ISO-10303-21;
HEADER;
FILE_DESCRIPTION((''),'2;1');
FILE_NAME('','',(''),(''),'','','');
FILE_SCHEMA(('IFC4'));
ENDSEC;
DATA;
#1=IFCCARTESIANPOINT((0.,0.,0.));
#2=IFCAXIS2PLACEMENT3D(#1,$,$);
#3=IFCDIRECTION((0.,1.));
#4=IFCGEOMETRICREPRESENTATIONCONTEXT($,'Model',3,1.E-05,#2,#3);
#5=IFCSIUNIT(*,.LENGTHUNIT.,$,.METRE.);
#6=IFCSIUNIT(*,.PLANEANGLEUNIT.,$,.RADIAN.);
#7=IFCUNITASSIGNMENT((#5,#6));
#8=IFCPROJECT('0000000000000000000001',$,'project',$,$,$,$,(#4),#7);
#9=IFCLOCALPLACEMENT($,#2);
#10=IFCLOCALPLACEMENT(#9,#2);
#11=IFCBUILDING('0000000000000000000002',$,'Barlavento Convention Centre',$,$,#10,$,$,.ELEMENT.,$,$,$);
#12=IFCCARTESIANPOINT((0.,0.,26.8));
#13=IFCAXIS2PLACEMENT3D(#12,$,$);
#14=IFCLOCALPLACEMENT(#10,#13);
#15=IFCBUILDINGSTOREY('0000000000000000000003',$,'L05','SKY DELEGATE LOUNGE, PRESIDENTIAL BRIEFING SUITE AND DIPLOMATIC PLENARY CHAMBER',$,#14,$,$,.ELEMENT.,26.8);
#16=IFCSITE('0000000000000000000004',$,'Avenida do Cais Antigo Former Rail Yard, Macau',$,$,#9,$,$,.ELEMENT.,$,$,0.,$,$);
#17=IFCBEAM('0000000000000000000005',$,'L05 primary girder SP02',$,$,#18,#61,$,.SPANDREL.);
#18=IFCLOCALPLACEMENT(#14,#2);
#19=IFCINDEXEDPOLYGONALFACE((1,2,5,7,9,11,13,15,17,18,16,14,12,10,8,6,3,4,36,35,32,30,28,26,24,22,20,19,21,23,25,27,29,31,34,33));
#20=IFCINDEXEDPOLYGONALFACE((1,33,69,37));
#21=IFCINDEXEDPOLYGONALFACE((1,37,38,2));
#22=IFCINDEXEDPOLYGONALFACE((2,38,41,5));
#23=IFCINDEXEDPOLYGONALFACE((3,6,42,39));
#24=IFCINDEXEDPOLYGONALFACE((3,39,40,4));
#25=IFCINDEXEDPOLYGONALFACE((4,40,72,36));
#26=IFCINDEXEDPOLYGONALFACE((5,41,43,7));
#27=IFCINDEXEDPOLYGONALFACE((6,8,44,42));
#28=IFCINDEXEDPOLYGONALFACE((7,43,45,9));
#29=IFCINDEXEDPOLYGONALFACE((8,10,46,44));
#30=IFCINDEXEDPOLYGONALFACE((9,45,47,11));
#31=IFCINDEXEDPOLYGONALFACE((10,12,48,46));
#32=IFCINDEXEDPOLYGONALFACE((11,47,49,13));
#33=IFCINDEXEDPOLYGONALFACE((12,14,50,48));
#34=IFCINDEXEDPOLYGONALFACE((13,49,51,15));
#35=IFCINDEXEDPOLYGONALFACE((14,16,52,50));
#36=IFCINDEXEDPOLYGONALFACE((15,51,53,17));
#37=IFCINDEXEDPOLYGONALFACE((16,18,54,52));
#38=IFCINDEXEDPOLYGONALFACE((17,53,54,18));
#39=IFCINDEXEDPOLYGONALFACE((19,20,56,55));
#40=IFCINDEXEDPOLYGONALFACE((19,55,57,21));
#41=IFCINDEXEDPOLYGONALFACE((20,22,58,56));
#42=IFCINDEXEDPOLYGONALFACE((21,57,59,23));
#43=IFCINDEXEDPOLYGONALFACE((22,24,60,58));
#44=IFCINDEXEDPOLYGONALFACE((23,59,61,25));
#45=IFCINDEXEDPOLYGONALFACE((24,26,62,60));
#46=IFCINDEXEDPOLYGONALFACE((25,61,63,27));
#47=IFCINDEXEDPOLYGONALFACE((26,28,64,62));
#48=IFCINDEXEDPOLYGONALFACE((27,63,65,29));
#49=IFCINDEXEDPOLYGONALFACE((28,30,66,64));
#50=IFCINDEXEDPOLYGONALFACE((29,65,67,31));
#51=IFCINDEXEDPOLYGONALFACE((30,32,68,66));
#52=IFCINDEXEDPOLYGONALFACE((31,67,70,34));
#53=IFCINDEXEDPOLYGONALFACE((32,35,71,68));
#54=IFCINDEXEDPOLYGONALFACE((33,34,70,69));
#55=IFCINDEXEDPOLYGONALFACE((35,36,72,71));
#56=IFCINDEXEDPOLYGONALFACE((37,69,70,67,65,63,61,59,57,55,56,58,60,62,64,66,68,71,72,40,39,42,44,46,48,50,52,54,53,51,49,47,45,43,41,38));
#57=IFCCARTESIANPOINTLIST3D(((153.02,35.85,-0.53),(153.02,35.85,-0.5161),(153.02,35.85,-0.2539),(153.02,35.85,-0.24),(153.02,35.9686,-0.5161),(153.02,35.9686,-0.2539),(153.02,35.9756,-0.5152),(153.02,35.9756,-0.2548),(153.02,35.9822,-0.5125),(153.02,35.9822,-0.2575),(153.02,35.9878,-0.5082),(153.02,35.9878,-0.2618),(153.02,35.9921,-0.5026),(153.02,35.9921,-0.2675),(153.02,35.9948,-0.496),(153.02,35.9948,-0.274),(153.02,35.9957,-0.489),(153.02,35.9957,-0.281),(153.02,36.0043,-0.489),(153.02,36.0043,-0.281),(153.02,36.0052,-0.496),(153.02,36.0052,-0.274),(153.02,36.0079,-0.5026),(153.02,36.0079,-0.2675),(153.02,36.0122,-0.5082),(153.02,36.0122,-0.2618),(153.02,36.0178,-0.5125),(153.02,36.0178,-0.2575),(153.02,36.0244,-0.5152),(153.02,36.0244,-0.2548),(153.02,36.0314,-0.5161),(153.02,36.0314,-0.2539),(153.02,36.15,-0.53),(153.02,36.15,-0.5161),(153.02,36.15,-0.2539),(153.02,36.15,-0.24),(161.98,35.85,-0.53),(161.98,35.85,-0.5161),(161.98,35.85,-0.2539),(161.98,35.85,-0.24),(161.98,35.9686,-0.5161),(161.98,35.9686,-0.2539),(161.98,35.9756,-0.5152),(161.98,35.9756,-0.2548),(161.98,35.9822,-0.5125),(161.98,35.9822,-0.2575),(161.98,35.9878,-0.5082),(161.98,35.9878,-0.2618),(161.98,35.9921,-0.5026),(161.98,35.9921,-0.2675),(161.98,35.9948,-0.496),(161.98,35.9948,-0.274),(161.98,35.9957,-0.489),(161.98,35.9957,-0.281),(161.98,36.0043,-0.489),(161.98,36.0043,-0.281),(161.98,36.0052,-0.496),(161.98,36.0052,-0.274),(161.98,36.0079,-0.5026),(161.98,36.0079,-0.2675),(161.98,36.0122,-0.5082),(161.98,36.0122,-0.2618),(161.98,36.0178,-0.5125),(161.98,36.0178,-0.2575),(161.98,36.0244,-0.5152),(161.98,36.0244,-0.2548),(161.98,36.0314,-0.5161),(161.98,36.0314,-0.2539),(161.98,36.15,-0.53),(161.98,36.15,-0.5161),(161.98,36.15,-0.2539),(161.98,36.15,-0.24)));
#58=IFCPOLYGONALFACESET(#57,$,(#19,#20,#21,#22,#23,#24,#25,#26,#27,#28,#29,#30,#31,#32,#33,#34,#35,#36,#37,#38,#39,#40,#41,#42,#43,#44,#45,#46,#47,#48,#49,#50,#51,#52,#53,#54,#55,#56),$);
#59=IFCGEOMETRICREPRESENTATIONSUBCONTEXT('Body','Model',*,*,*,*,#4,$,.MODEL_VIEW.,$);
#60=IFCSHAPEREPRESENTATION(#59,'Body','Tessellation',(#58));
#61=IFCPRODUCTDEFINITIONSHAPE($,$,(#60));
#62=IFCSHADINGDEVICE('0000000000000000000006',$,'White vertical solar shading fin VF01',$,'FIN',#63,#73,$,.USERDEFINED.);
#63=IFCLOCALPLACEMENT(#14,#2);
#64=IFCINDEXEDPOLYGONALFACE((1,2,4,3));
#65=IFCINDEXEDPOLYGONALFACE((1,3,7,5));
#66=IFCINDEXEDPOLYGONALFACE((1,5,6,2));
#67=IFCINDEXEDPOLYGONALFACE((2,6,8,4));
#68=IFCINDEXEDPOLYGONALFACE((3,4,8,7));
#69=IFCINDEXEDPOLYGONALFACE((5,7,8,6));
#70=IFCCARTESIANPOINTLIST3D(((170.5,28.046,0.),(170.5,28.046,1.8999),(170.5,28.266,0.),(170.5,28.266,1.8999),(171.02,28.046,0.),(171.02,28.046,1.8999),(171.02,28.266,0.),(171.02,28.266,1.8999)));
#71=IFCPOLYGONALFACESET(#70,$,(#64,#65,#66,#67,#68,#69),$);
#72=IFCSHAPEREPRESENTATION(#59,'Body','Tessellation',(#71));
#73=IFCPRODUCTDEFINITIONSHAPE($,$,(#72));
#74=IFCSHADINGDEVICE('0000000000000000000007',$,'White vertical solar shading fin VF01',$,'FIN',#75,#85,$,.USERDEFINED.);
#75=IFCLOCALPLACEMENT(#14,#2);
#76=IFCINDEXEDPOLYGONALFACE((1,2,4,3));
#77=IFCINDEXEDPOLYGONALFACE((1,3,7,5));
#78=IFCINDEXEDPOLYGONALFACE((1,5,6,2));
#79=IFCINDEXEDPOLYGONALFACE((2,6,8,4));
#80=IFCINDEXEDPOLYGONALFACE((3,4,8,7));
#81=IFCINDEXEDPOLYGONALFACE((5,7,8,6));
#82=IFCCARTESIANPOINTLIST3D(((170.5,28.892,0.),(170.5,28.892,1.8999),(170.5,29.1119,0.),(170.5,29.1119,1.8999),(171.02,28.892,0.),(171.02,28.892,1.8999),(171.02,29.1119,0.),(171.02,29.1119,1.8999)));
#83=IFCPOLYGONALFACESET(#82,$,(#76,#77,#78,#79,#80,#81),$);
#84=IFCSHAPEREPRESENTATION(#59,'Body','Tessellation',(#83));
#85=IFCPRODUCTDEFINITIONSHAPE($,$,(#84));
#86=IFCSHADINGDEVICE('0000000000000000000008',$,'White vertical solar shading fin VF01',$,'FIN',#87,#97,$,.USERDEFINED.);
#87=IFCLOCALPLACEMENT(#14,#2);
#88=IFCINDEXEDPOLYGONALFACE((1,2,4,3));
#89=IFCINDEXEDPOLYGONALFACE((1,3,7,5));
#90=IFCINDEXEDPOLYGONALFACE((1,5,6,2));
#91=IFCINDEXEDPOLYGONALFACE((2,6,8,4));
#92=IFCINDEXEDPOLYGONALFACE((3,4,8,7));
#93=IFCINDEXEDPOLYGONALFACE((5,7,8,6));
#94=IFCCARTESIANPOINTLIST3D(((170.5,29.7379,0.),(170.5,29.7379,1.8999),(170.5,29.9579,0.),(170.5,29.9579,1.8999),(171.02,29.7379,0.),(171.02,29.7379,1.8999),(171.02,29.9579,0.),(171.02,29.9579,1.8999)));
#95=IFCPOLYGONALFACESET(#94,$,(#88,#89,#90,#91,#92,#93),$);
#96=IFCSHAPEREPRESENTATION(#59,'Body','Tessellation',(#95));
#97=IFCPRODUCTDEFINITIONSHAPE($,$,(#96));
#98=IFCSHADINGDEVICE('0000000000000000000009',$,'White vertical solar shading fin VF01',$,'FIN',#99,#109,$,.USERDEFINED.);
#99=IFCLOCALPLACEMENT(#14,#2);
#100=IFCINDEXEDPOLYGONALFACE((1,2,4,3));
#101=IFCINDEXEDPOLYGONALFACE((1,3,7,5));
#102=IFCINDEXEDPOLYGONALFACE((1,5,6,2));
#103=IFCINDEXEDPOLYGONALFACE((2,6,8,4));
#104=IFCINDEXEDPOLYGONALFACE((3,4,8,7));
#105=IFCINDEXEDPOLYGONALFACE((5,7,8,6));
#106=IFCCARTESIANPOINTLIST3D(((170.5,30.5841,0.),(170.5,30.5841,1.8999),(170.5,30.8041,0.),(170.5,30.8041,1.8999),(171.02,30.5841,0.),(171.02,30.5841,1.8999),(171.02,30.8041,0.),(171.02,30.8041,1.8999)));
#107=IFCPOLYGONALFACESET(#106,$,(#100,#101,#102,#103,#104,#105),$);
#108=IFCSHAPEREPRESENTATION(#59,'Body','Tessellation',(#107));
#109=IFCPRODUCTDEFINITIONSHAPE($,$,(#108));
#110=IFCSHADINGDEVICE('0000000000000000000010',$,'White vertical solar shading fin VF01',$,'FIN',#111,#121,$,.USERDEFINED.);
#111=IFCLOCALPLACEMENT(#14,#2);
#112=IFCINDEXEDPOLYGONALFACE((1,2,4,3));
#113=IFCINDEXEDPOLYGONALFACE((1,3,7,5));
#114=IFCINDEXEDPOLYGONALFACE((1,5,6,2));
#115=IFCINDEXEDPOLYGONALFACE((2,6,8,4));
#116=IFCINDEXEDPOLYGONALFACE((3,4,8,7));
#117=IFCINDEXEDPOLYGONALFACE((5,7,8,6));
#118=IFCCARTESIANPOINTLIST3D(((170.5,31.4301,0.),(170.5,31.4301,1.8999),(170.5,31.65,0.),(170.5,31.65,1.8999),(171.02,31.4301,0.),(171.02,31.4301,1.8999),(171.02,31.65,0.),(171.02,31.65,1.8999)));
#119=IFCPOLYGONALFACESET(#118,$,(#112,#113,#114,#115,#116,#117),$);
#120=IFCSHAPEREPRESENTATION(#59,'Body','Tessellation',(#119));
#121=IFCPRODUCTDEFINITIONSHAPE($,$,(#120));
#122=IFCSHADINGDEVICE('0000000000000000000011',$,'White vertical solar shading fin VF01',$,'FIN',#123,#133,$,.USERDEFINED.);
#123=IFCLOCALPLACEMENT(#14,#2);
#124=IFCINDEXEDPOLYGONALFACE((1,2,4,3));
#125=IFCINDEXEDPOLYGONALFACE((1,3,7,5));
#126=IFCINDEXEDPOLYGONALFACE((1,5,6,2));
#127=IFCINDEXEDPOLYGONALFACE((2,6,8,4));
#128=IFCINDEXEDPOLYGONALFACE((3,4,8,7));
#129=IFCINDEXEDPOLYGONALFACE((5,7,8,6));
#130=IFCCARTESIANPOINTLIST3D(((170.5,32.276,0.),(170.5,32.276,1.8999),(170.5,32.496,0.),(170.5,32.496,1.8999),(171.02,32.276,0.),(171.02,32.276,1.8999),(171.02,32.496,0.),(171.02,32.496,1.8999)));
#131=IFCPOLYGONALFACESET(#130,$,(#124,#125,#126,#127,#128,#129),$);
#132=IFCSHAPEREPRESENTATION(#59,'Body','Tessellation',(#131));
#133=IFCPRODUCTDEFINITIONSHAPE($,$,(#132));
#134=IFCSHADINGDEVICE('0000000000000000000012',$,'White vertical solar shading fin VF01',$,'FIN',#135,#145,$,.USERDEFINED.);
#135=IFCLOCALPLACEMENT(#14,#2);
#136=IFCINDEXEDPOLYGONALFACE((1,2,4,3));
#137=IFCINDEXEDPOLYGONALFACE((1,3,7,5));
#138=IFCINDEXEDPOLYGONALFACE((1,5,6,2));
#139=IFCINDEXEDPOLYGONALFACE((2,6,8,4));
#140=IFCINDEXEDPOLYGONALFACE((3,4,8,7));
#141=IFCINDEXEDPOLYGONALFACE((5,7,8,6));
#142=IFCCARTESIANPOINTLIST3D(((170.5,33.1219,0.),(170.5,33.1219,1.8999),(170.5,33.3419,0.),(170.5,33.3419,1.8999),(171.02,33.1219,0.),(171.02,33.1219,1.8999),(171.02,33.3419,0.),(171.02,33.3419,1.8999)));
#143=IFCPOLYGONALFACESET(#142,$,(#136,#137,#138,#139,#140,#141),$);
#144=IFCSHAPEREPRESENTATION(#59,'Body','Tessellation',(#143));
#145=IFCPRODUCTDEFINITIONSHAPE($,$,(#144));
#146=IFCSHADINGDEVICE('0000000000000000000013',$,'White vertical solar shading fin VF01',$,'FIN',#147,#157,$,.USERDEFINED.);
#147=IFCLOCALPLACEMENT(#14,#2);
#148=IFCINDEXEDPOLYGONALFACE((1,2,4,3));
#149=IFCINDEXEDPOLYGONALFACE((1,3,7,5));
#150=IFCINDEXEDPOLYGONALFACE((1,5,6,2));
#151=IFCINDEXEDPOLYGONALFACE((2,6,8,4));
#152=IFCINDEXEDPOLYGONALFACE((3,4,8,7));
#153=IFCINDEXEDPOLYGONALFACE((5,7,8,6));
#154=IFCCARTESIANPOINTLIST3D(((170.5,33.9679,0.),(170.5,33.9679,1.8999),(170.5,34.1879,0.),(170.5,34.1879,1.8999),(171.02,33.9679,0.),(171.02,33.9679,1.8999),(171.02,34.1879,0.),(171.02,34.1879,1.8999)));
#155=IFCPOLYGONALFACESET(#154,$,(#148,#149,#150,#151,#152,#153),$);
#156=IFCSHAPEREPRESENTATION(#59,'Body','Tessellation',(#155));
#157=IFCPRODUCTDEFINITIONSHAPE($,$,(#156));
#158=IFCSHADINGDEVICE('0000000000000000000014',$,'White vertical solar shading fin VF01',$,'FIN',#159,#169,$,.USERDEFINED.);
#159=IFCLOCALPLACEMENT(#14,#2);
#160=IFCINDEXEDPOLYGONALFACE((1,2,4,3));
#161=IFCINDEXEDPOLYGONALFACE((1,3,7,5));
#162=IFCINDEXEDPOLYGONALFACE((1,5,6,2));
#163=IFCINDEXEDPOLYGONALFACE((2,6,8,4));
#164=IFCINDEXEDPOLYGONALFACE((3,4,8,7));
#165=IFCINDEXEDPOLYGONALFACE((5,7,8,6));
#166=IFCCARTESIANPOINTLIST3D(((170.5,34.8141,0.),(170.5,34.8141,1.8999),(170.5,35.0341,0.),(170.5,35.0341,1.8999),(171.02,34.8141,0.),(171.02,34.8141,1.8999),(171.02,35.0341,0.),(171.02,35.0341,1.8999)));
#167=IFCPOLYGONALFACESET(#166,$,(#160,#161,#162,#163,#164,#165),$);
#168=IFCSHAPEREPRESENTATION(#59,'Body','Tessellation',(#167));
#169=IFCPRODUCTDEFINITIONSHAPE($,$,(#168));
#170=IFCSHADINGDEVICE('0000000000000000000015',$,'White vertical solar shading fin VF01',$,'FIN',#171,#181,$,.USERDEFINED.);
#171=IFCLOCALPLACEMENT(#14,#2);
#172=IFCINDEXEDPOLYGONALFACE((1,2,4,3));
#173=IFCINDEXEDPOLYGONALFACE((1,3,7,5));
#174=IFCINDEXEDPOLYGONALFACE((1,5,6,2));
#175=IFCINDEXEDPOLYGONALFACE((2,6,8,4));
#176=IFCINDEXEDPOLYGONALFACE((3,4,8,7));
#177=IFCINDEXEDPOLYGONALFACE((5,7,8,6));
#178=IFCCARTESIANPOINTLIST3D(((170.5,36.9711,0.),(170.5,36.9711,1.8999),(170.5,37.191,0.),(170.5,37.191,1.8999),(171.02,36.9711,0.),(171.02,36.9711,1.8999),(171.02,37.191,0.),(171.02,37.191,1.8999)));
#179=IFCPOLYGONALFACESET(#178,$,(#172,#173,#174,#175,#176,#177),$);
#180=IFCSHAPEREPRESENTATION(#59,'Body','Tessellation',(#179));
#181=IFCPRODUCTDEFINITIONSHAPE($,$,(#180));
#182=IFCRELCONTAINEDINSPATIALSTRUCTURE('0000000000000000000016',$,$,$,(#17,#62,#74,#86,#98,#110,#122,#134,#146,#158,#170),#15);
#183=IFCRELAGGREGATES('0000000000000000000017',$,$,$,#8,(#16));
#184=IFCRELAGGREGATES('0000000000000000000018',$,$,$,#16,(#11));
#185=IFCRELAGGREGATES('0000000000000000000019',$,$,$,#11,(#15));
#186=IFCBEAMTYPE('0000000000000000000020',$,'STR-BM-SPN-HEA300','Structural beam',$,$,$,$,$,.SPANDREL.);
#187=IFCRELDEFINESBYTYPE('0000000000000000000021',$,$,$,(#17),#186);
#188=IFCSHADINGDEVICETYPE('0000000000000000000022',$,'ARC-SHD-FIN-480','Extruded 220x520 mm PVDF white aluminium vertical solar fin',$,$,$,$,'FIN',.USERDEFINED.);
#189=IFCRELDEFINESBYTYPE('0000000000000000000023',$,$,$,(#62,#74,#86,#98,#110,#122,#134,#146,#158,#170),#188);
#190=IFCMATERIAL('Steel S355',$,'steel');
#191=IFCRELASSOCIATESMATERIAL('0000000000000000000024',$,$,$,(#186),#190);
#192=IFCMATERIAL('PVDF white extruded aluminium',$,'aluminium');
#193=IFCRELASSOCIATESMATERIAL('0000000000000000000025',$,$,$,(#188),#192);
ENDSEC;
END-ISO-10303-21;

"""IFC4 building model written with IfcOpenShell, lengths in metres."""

from ifc_helpers import new_model, si_unit, direction, frame, origin, origin_2d, place, context, subcontext, project, spatial, rectangle, i_section, extrude, material, material_profile, profile_set, type_object, element, save


model = new_model("IFC4")

# Units and contexts
model_context = context("Model", 3, precision=1e-05, world=origin(), true_north=direction((0.0, 1.0)))
body_context = subcontext(model_context, "Body", "Model", "MODEL_VIEW")
ifc_project = project(units=[si_unit("LENGTHUNIT", "METRE"), si_unit("PLANEANGLEUNIT", "RADIAN")], contexts=[model_context])

# Site, building, storey
site_placement = place(None, origin())
site = spatial("IfcSite", under=ifc_project, at=site_placement, Name="Avenida do Cais Antigo Former Rail Yard, Macau", CompositionType="ELEMENT", RefElevation=0.0)
building_placement = place(site_placement, origin())
building = spatial("IfcBuilding", under=site, at=building_placement, Name="Barlavento Convention Centre", CompositionType="ELEMENT")
storey_placement = place(building_placement, frame((0.0, 0.0, 26.8)))
storey = spatial("IfcBuildingStorey", under=building, at=storey_placement, Name="L05", Description="SKY DELEGATE LOUNGE, PRESIDENTIAL BRIEFING SUITE AND DIPLOMATIC PLENARY CHAMBER", CompositionType="ELEMENT", Elevation=26.8)

# Beam
ifc_material_1 = material(Name="Steel S355", Category="steel")
ifc_material_profile_1 = material_profile(ifc_material_1, i_section(OverallWidth=0.3, OverallDepth=0.29, WebThickness=0.0085, FlangeThickness=0.0139, FilletRadius=0.0271, at=origin_2d()), Name="HEA 300")
ifc_profile_set_1 = profile_set([ifc_material_profile_1], Name="Steel S355")
beam_type_1 = type_object("IfcBeamType", Name="STR-BM-SPN-HEA300", Description="Structural beam", PredefinedType="SPANDREL", material=ifc_profile_set_1)
beam_1_placement = place(storey_placement, frame((153.02, 36.0, -0.385), z_axis=(1.0, 0.0, 0.0), x_axis=(0.0, 1.0, 0.0)))
element("IfcBeam", 1, at=beam_1_placement, inside=storey, type_object=beam_type_1, Name="L05 primary girder SP02", PredefinedType="SPANDREL", context=body_context, shape_type="SweptSolid", body=[
    extrude(i_section(OverallWidth=0.3, OverallDepth=0.29, WebThickness=0.0085, FlangeThickness=0.0139, FilletRadius=0.0271, at=origin_2d()), origin(), (0.0, 0.0, 1.0), 8.96),
])

# Shading devices
ifc_material_2 = material(Name="PVDF white extruded aluminium", Category="aluminium")
shading_device_type = type_object("IfcShadingDeviceType", Name="ARC-SHD-FIN-480", Description="Extruded 220x520 mm PVDF white aluminium vertical solar fin", ElementType="FIN", PredefinedType="USERDEFINED", material=ifc_material_2)
for number, where, z_axis, x_axis, name in (
    (2, (170.76, 28.156, 0.0), (0.0, 0.0, 1.0), (0.0, 1.0, 0.0), "White vertical solar shading fin VF01"),
    (3, (170.76, 29.002, 0.0), (0.0, 0.0, 1.0), (0.0, 1.0, 0.0), "White vertical solar shading fin VF01"),
    (4, (170.76, 29.8479, 0.0), (0.0, 0.0, 1.0), (0.0, 1.0, 0.0), "White vertical solar shading fin VF01"),
    (5, (170.76, 30.6941, 0.0), (0.0, 0.0, 1.0), (0.0, 1.0, 0.0), "White vertical solar shading fin VF01"),
    (6, (170.76, 31.54, 0.0), (0.0, 0.0, 1.0), (0.0, 1.0, 0.0), "White vertical solar shading fin VF01"),
    (7, (170.76, 32.386, 0.0), (0.0, 0.0, 1.0), (0.0, 1.0, 0.0), "White vertical solar shading fin VF01"),
    (8, (170.76, 33.2319, 0.0), (0.0, 0.0, 1.0), (0.0, 1.0, 0.0), "White vertical solar shading fin VF01"),
    (9, (170.76, 34.0779, 0.0), (0.0, 0.0, 1.0), (0.0, 1.0, 0.0), "White vertical solar shading fin VF01"),
    (10, (170.76, 34.9241, 0.0), (0.0, 0.0, 1.0), (0.0, 1.0, 0.0), "White vertical solar shading fin VF01"),
    (11, (170.76, 37.0811, 0.0), (0.0, 0.0, 1.0), (0.0, 1.0, 0.0), "White vertical solar shading fin VF01"),
):
    element("IfcShadingDevice", number, at=place(storey_placement, frame(where, z_axis=z_axis, x_axis=x_axis)), inside=storey, type_object=shading_device_type, Name=name, ObjectType="FIN", PredefinedType="USERDEFINED", context=body_context, shape_type="SweptSolid", body=[
        extrude(rectangle(XDim=0.22, YDim=0.52, at=origin_2d()), origin(), (0.0, 0.0, 1.0), 1.8999),
    ])

save(model, "model.ifc")
